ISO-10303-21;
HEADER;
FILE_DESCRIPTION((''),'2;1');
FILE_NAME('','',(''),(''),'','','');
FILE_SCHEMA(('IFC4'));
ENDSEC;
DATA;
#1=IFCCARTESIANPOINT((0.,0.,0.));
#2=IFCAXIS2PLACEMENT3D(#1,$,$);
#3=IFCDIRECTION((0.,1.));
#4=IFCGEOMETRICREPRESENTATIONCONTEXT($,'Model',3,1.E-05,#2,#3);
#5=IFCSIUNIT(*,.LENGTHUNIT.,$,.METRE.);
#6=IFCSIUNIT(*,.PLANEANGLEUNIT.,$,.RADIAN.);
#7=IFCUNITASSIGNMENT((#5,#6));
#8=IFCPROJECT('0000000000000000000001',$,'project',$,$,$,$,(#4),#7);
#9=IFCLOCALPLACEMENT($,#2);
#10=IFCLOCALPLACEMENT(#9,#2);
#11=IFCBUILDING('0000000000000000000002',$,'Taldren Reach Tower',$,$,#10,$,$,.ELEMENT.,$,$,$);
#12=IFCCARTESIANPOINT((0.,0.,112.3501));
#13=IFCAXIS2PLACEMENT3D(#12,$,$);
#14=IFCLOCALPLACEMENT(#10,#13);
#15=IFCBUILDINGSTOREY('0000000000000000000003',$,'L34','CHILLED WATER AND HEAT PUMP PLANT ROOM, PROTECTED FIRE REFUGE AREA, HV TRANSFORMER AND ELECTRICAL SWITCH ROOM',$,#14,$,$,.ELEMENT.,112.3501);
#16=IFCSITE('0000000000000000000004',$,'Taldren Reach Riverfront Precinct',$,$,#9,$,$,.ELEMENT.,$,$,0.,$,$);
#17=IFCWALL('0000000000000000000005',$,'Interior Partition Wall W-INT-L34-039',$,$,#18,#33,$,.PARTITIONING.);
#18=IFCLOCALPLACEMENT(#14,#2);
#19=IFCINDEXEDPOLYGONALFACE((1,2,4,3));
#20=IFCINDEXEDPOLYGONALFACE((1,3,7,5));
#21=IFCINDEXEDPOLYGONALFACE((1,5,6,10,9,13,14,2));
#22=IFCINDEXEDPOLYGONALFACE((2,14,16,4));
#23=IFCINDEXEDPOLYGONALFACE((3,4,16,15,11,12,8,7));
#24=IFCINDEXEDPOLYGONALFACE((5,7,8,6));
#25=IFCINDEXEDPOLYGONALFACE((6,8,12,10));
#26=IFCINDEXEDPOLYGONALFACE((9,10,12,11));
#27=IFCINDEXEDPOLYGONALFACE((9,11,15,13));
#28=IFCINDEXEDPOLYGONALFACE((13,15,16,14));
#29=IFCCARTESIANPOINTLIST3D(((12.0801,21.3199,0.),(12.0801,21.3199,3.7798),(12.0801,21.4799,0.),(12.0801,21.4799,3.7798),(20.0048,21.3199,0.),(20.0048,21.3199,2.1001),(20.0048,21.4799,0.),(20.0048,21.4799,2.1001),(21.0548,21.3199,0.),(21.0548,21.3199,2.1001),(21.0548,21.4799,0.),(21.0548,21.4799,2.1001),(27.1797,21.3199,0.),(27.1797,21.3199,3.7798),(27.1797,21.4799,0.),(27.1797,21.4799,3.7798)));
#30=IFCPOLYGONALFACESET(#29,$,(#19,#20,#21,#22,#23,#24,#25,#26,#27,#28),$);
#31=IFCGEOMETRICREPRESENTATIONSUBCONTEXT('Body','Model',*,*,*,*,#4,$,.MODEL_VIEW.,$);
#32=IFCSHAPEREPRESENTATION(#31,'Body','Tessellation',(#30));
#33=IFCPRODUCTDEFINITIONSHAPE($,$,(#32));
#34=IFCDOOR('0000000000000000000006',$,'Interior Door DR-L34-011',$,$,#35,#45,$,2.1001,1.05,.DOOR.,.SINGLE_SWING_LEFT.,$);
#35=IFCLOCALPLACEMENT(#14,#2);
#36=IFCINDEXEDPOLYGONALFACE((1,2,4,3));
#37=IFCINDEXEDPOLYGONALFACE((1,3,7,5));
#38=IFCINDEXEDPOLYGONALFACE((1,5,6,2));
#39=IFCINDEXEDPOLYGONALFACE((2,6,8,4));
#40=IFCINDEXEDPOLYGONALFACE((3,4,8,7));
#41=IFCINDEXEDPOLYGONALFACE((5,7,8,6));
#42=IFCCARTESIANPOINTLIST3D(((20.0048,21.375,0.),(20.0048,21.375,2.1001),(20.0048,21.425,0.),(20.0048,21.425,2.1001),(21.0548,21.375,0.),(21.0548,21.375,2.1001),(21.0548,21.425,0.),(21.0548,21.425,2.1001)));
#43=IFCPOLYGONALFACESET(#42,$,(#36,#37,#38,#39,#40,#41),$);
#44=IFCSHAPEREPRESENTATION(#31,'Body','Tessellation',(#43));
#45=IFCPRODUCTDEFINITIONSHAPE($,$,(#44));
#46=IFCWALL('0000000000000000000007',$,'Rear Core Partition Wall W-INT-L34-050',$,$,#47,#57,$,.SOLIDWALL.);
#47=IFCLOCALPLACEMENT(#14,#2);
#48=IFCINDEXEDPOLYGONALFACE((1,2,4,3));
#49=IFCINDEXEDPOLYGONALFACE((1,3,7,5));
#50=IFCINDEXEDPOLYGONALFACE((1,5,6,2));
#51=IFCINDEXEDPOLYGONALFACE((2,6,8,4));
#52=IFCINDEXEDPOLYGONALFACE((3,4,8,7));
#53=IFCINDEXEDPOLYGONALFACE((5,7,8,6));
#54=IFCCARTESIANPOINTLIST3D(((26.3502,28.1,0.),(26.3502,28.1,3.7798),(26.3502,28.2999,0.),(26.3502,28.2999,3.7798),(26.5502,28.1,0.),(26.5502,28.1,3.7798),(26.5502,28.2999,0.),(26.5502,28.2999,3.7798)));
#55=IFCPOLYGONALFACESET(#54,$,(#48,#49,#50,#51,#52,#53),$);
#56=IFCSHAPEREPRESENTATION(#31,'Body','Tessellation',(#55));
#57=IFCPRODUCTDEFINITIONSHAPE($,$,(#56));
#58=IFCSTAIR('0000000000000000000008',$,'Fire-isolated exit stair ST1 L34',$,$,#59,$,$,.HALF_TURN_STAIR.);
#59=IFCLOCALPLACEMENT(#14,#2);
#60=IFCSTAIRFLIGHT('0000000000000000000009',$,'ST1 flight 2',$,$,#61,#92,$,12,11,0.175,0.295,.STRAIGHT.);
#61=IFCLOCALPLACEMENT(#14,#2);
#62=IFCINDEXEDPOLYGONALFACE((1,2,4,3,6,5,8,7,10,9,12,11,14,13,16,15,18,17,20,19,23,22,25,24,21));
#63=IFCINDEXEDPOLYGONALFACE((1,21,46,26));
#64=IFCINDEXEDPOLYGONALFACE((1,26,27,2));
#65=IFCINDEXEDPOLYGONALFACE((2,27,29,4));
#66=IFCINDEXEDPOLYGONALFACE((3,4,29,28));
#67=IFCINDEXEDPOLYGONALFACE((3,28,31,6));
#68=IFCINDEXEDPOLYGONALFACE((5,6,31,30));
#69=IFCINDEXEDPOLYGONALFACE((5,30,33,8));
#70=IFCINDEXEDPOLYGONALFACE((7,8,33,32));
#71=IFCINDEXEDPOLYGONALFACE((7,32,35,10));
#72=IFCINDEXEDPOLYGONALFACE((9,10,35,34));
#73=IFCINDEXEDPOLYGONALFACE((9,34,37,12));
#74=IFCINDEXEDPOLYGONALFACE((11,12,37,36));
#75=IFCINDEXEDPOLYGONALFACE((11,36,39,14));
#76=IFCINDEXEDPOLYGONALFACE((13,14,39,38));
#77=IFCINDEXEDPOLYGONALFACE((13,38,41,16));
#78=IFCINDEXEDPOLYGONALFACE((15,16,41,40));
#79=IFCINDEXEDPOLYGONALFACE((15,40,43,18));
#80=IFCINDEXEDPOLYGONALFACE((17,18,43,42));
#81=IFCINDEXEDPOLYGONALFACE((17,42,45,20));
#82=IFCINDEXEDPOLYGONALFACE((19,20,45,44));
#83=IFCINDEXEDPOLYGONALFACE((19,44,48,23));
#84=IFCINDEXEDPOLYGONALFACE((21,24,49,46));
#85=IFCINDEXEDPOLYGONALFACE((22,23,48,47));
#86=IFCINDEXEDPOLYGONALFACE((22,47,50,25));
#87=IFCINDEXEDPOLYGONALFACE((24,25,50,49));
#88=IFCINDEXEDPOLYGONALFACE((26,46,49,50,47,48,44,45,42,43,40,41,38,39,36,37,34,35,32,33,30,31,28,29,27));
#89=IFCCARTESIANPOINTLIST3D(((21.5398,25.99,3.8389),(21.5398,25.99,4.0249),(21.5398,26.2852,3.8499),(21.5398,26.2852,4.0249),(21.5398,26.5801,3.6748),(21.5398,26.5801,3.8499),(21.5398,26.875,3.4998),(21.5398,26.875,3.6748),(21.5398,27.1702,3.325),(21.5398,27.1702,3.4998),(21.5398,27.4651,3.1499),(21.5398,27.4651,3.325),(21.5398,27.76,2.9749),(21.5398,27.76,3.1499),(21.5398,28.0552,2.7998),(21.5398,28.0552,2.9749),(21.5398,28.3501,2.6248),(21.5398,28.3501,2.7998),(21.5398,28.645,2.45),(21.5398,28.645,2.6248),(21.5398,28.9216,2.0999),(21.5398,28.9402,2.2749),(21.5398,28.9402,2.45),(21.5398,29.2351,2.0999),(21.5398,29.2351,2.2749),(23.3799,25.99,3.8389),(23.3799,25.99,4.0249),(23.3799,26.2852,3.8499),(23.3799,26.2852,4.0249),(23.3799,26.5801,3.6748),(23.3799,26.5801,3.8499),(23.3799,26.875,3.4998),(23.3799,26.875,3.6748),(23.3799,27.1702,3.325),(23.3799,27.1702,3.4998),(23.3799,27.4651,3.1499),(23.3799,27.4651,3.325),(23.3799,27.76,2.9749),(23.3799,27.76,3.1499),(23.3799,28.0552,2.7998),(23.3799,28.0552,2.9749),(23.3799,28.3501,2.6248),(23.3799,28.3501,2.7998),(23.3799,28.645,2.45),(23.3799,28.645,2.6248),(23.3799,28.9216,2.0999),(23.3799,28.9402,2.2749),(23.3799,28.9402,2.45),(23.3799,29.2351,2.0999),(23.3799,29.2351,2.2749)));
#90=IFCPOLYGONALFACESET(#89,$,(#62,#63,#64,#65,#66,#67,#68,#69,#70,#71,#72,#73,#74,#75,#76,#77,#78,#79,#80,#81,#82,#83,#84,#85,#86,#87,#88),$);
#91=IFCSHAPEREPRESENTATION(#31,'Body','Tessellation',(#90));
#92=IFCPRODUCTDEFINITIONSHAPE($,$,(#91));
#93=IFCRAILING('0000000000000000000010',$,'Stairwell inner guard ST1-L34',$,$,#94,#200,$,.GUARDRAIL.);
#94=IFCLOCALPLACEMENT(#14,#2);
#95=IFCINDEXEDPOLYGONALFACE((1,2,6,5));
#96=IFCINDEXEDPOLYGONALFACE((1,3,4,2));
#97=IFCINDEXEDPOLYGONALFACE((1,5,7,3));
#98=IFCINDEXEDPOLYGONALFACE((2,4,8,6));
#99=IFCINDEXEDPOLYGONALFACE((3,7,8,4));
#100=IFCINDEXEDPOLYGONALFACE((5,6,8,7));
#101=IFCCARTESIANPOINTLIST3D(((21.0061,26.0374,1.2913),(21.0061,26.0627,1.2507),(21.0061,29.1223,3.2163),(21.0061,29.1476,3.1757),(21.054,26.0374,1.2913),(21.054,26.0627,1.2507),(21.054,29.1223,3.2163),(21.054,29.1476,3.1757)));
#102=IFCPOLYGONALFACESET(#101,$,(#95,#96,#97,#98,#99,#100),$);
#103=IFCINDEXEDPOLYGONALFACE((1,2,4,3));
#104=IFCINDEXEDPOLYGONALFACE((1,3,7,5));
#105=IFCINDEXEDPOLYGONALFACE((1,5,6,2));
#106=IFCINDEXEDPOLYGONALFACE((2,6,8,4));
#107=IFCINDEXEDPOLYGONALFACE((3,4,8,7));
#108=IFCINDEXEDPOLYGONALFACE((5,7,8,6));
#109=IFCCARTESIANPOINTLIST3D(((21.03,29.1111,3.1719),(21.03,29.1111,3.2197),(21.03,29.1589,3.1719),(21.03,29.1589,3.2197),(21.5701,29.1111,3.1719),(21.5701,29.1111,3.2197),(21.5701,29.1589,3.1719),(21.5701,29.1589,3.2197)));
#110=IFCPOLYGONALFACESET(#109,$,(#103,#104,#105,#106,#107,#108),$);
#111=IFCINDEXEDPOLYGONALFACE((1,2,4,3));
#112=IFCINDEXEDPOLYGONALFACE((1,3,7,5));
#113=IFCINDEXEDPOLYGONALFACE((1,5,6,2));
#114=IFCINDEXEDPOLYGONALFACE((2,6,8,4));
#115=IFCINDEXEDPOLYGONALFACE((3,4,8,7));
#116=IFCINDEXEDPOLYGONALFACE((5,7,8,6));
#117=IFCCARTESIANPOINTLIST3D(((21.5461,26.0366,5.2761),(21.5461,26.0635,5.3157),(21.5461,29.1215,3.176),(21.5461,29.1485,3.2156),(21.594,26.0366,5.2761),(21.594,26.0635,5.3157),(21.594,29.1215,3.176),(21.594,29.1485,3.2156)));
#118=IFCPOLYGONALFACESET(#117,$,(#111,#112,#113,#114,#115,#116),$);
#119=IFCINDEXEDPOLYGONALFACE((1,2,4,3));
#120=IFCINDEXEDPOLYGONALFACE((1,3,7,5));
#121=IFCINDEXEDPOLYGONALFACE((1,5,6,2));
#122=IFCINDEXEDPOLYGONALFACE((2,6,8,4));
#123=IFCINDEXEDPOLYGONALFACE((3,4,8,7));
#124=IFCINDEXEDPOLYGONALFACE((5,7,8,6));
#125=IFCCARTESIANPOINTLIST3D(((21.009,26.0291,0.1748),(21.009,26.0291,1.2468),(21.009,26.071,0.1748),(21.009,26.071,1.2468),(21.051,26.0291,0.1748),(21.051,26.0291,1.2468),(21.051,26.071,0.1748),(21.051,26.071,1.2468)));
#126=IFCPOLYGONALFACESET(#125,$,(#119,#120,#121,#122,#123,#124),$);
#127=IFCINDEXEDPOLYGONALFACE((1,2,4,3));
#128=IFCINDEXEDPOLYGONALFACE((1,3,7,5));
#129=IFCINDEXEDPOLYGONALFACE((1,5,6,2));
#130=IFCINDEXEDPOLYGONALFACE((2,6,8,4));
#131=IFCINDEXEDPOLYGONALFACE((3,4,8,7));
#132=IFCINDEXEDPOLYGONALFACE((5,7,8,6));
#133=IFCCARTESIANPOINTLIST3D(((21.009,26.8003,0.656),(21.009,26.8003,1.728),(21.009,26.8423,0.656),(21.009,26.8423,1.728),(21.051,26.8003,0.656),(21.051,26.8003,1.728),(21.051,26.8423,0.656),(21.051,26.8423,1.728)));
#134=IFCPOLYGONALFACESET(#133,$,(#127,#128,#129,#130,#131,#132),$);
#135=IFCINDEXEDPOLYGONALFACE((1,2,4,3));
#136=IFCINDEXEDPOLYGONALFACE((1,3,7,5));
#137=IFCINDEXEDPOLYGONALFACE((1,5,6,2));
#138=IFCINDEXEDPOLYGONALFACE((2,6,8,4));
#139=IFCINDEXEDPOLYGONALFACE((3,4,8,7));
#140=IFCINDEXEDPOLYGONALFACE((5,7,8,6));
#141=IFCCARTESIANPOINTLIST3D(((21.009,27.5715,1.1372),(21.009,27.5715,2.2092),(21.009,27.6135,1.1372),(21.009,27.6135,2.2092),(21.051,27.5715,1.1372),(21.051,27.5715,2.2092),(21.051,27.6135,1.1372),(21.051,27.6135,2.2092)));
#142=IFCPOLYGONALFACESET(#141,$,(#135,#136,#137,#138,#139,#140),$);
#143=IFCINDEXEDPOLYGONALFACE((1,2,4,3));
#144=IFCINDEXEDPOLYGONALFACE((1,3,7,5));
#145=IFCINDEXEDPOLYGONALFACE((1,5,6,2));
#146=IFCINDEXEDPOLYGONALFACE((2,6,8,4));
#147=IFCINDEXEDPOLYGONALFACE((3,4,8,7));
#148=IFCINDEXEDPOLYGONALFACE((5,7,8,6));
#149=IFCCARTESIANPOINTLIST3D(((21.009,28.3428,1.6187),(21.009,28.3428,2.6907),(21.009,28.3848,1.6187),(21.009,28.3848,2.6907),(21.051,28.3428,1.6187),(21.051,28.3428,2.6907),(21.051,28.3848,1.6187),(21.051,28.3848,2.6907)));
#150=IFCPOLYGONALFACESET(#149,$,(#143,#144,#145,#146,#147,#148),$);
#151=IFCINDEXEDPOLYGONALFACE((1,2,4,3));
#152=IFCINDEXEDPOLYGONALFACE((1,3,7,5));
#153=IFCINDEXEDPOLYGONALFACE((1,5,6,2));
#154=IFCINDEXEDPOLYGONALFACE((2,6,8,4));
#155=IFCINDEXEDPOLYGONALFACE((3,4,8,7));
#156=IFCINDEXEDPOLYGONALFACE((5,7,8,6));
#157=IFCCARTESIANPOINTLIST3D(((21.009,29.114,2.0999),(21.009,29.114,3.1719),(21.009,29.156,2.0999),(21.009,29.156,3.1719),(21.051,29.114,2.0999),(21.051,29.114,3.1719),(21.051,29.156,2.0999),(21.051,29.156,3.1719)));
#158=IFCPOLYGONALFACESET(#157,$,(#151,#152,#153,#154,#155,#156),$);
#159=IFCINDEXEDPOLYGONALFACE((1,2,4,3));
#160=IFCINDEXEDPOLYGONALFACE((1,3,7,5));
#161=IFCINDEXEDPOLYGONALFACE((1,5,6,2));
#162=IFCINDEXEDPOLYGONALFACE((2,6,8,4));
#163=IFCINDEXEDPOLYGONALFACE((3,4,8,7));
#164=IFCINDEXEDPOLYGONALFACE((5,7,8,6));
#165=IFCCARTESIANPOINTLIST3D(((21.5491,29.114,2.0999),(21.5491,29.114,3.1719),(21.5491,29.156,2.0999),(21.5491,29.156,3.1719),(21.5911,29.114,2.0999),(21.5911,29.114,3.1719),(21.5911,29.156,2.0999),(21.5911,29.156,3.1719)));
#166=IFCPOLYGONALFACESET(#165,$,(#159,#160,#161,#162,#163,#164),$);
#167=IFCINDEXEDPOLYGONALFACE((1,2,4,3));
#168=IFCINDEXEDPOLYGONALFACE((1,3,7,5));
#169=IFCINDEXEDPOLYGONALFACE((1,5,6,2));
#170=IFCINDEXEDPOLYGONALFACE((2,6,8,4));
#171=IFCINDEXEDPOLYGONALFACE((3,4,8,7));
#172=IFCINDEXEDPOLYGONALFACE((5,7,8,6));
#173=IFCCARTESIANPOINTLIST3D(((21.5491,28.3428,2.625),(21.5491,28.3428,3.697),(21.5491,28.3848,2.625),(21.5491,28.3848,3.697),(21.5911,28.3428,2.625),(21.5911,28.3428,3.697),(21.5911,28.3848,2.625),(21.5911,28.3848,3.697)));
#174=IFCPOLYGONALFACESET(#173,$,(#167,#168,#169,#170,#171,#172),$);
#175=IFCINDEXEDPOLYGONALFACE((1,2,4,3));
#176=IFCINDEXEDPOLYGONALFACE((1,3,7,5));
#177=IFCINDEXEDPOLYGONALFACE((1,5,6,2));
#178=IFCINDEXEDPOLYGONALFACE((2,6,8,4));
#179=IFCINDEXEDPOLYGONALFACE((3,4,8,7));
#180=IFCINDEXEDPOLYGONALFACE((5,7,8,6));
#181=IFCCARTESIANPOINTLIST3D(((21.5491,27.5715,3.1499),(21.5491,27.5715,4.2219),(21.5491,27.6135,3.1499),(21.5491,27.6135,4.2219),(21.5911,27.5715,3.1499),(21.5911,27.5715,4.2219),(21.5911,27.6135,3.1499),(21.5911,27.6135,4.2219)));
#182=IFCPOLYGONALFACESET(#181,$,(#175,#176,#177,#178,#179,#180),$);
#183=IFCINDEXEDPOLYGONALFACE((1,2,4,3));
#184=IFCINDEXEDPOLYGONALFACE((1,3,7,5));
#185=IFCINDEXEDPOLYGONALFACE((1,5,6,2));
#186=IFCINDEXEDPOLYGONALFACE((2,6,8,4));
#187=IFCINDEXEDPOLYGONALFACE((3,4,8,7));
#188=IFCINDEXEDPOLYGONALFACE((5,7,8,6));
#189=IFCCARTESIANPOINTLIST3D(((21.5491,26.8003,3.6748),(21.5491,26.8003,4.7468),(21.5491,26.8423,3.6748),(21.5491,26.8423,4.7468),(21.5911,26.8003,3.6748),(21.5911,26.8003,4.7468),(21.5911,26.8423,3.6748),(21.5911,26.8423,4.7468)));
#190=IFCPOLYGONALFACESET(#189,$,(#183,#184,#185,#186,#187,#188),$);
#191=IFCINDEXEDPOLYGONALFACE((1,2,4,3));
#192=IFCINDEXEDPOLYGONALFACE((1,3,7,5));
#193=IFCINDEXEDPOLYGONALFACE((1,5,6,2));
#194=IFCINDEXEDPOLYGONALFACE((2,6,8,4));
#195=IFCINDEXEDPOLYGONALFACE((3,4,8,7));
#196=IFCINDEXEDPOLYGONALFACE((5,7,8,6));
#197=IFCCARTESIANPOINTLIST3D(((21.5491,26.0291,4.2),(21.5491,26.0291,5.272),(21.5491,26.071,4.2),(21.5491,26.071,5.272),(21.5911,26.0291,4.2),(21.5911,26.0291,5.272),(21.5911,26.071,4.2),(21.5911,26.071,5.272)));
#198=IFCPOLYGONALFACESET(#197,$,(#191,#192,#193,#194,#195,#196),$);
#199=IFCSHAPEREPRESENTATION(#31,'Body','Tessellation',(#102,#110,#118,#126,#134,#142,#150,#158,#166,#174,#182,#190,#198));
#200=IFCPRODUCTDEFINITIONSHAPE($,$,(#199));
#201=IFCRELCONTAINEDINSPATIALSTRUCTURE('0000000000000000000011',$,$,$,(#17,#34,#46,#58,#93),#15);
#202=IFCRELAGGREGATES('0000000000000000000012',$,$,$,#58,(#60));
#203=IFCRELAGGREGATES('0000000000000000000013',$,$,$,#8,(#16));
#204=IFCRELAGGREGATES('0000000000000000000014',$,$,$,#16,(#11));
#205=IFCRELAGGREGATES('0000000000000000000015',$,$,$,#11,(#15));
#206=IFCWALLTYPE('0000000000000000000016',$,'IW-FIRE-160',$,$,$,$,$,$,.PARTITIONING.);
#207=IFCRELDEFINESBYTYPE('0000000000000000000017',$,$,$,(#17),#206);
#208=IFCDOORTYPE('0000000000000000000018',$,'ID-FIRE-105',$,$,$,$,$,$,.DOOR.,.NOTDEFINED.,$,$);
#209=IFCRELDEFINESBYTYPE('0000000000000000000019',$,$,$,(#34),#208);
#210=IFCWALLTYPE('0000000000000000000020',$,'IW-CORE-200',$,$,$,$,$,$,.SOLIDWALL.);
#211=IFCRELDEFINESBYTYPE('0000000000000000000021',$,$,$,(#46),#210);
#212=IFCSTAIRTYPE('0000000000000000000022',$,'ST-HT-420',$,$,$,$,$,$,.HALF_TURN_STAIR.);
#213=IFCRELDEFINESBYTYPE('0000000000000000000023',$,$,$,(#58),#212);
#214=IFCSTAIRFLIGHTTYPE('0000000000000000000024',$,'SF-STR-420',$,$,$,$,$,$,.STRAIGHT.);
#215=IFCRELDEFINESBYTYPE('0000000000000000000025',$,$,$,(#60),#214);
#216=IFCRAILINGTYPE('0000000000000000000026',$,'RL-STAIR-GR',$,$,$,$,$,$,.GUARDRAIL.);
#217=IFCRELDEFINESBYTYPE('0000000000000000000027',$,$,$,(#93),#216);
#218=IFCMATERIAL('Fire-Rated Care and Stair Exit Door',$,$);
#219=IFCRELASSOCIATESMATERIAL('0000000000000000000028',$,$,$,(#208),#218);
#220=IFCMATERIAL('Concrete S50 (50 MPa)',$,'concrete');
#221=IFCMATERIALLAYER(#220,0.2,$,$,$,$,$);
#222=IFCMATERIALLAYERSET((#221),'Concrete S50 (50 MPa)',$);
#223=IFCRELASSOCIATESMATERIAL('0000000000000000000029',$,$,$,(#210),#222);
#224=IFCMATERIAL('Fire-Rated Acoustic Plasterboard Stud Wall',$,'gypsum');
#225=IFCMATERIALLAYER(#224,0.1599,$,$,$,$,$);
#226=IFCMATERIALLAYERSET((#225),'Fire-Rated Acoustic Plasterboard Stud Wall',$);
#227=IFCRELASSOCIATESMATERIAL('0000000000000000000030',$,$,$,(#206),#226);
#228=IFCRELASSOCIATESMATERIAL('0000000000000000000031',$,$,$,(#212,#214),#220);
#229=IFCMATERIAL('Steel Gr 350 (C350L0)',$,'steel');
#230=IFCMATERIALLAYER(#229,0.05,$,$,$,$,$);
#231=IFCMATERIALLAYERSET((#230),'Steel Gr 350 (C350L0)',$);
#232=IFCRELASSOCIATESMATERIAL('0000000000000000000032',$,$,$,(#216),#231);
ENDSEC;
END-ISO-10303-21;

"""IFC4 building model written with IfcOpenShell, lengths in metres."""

from ifc_helpers import new_model, si_unit, direction, frame, frame_2d, origin, origin_2d, place, context, subcontext, project, spatial, polyline, rectangle, outline, extrude, source, transform, mapped, material, layer, layer_set, type_object, element, fill, aggregate, save


model = new_model("IFC4")

# Units and contexts
model_context = context("Model", 3, precision=1e-05, world=origin(), true_north=direction((0.0, 1.0)))
body_context = subcontext(model_context, "Body", "Model", "MODEL_VIEW")
ifc_project = project(units=[si_unit("LENGTHUNIT", "METRE"), si_unit("PLANEANGLEUNIT", "RADIAN")], contexts=[model_context])

# Site, building, storey
site_placement = place(None, origin())
site = spatial("IfcSite", under=ifc_project, at=site_placement, Name="Taldren Reach Riverfront Precinct", CompositionType="ELEMENT", RefElevation=0.0)
building_placement = place(site_placement, origin())
building = spatial("IfcBuilding", under=site, at=building_placement, Name="Taldren Reach Tower", CompositionType="ELEMENT")
storey_placement = place(building_placement, frame((0.0, 0.0, 112.3501)))
storey = spatial("IfcBuildingStorey", under=building, at=storey_placement, Name="L34", Description="CHILLED WATER AND HEAT PUMP PLANT ROOM, PROTECTED FIRE REFUGE AREA, HV TRANSFORMER AND ELECTRICAL SWITCH ROOM", CompositionType="ELEMENT", Elevation=112.3501)

# Shared definitions
ifc_material_1 = material(Name="Fire-Rated Care and Stair Exit Door")
door_type_1 = type_object("IfcDoorType", Name="ID-FIRE-105", OperationType="NOTDEFINED", PredefinedType="DOOR", material=ifc_material_1)
shared_shape_1 = source(origin(), body_context, "Body", "SweptSolid", [
    extrude(rectangle(XDim=1.05, YDim=2.1001, at=frame_2d((0.5249, 1.05))), frame((0.0, 0.0249, 0.0), z_axis=(0.0, -1.0, 0.0), x_axis=(1.0, 0.0, 0.0)), (0.0, 0.0, 1.0), 0.05),
])

# Shared definitions
ifc_material_2 = material(Name="Concrete S50 (50 MPa)", Category="concrete")
ifc_layer_1 = layer(ifc_material_2, 0.2)
ifc_layer_set_1 = layer_set([ifc_layer_1], Name="Concrete S50 (50 MPa)")
wall_type_1 = type_object("IfcWallType", Name="IW-CORE-200", PredefinedType="SOLIDWALL", material=ifc_layer_set_1)

# Wall, opening, door
ifc_material_3 = material(Name="Fire-Rated Acoustic Plasterboard Stud Wall", Category="gypsum")
ifc_layer_2 = layer(ifc_material_3, 0.1599)
ifc_layer_set_2 = layer_set([ifc_layer_2], Name="Fire-Rated Acoustic Plasterboard Stud Wall")
wall_type_2 = type_object("IfcWallType", Name="IW-FIRE-160", PredefinedType="PARTITIONING", material=ifc_layer_set_2)
shared_shape_2 = source(origin(), body_context, "Body", "SweptSolid", [
    extrude(rectangle(XDim=15.0996, YDim=0.1599, at=frame_2d((7.5498, 0.0))), origin(), (0.0, 0.0, 1.0), 3.7798),
])
wall_1_placement = place(storey_placement, frame((27.1797, 21.3999, 0.0), z_axis=(0.0, 0.0, 1.0), x_axis=(-1.0, 0.0, 0.0)))
wall_1 = element("IfcWall", 1, at=wall_1_placement, inside=storey, type_object=wall_type_2, Name="Interior Partition Wall W-INT-L34-039", PredefinedType="PARTITIONING", context=body_context, shape_type="MappedRepresentation", body=[
    mapped(shared_shape_2, transform((0.0, 0.0, 0.0), scale=1.0)),
])
shared_shape_3 = source(origin(), body_context, "Body", "SweptSolid", [
    extrude(rectangle(XDim=1.05, YDim=2.1001, at=frame_2d((0.5249, 1.05))), frame((0.0, 0.0898, 0.0), z_axis=(0.0, -1.0, 0.0), x_axis=(1.0, 0.0, 0.0)), (0.0, 0.0, 1.0), 0.1799),
])
opening_1_placement = place(wall_1_placement, frame((6.125, 0.0, 0.0)))
opening_1 = element("IfcOpeningElement", 2, at=opening_1_placement, cuts=wall_1, PredefinedType="OPENING", context=body_context, shape_type="MappedRepresentation", body=[
    mapped(shared_shape_3, transform((0.0, 0.0, 0.0), scale=1.0)),
])
door_1_placement = place(opening_1_placement, origin())
door_1 = element("IfcDoor", 3, at=door_1_placement, inside=storey, type_object=door_type_1, Name="Interior Door DR-L34-011", OperationType="SINGLE_SWING_LEFT", OverallHeight=2.1001, OverallWidth=1.05, PredefinedType="DOOR", context=body_context, shape_type="MappedRepresentation", body=[
    mapped(shared_shape_1, transform((0.0, 0.0, 0.0), scale=1.0)),
])
fill(opening_1, door_1)

# Wall
shared_shape_4 = source(origin(), body_context, "Body", "SweptSolid", [
    extrude(rectangle(XDim=0.2, YDim=0.2, at=frame_2d((0.1001, 0.0))), origin(), (0.0, 0.0, 1.0), 3.7798),
])
wall_2_placement = place(storey_placement, frame((26.3501, 28.2, 0.0), z_axis=(0.0, 0.0, 1.0), x_axis=(1.0, 0.0, 0.0)))
element("IfcWall", 4, at=wall_2_placement, inside=storey, type_object=wall_type_1, Name="Rear Core Partition Wall W-INT-L34-050", PredefinedType="SOLIDWALL", context=body_context, shape_type="MappedRepresentation", body=[
    mapped(shared_shape_4, transform((0.0, 0.0, 0.0), scale=1.0)),
])

# Stair, stair flight
stair_type = type_object("IfcStairType", Name="ST-HT-420", PredefinedType="HALF_TURN_STAIR", material=ifc_material_2)
stair_placement = place(storey_placement, origin())
stair = element("IfcStair", 5, at=stair_placement, inside=storey, type_object=stair_type, Name="Fire-isolated exit stair ST1 L34", PredefinedType="HALF_TURN_STAIR")
stair_flight_type = type_object("IfcStairFlightType", Name="SF-STR-420", PredefinedType="STRAIGHT", material=ifc_material_2)
stair_flight_placement = place(storey_placement, frame((22.46, 29.2351, 2.0999), z_axis=(0.0, 0.0, 1.0), x_axis=(0.0, -1.0, 0.0)))
stair_flight = element("IfcStairFlight", 6, at=stair_flight_placement, type_object=stair_flight_type, Name="ST1 flight 2", NumberOfRisers=12, NumberOfTreads=11, PredefinedType="STRAIGHT", RiserHeight=0.175, TreadLength=0.295, context=body_context, shape_type="SweptSolid", body=[
    extrude(outline(polyline([(0.0, 0.0), (0.0, 0.175), (0.2949, 0.175), (0.2949, 0.3501), (0.5901, 0.3501), (0.5901, 0.5249), (0.885, 0.5249), (0.885, 0.7), (1.1799, 0.7), (1.1799, 0.875), (1.4751, 0.875), (1.4751, 1.05), (1.77, 1.05), (1.77, 1.2251), (2.0649, 1.2251), (2.0649, 1.3999), (2.3601, 1.3999), (2.3601, 1.575), (2.655, 1.575), (2.655, 1.75), (2.95, 1.75), (2.95, 1.925), (3.2451, 1.925), (3.2451, 2.1001), (3.2451, 1.739), (0.3135, 0.0), (0.0, 0.0)])), frame((0.0, 0.9199, 0.0), z_axis=(0.0, -1.0, 0.0), x_axis=(1.0, 0.0, 0.0)), (0.0, 0.0, 1.0), 1.8401),
])
aggregate(stair, [stair_flight])

# Railing
ifc_material_4 = material(Name="Steel Gr 350 (C350L0)", Category="steel")
ifc_layer_3 = layer(ifc_material_4, 0.05)
ifc_layer_set_3 = layer_set([ifc_layer_3], Name="Steel Gr 350 (C350L0)")
railing_type_1 = type_object("IfcRailingType", Name="RL-STAIR-GR", PredefinedType="GUARDRAIL", material=ifc_layer_set_3)
railing_1_placement = place(storey_placement, frame((21.03, 26.05, 0.1748)))
element("IfcRailing", 7, at=railing_1_placement, inside=storey, type_object=railing_type_1, Name="Stairwell inner guard ST1-L34", PredefinedType="GUARDRAIL", context=body_context, shape_type="SweptSolid", body=[
    extrude(rectangle(XDim=0.0479, YDim=0.0479, at=origin_2d()), frame((0.0, 0.0, 1.0962), z_axis=(0.0, 0.848375, 0.529395), x_axis=(-1.0, 0.0, 0.0)), (0.0, 0.0, 1.0), 3.6362),
    extrude(rectangle(XDim=0.0479, YDim=0.0479, at=origin_2d()), frame((0.0, 3.085, 3.021), z_axis=(1.0, 0.0, 0.0), x_axis=(0.0, 1.0, 0.0)), (0.0, 0.0, 1.0), 0.54),
    extrude(rectangle(XDim=0.0479, YDim=0.0479, at=origin_2d()), frame((0.54, 3.085, 3.021), z_axis=(0.0, -0.826637, 0.562736), x_axis=(1.0, 0.0, 0.0)), (0.0, 0.0, 1.0), 3.7319),
    extrude(rectangle(XDim=0.042, YDim=0.042, at=origin_2d()), origin(), (0.0, 0.0, 1.0), 1.072),
    extrude(rectangle(XDim=0.042, YDim=0.042, at=origin_2d()), frame((0.0, 0.7712, 0.4812)), (0.0, 0.0, 1.0), 1.072),
    extrude(rectangle(XDim=0.042, YDim=0.042, at=origin_2d()), frame((0.0, 1.5425, 0.9624)), (0.0, 0.0, 1.0), 1.072),
    extrude(rectangle(XDim=0.042, YDim=0.042, at=origin_2d()), frame((0.0, 2.3137, 1.4438)), (0.0, 0.0, 1.0), 1.072),
    extrude(rectangle(XDim=0.042, YDim=0.042, at=origin_2d()), frame((0.0, 3.085, 1.925)), (0.0, 0.0, 1.0), 1.072),
    extrude(rectangle(XDim=0.042, YDim=0.042, at=origin_2d()), frame((0.54, 3.085, 1.925)), (0.0, 0.0, 1.0), 1.072),
    extrude(rectangle(XDim=0.042, YDim=0.042, at=origin_2d()), frame((0.54, 2.3137, 2.4502)), (0.0, 0.0, 1.0), 1.072),
    extrude(rectangle(XDim=0.042, YDim=0.042, at=origin_2d()), frame((0.54, 1.5425, 2.9751)), (0.0, 0.0, 1.0), 1.072),
    extrude(rectangle(XDim=0.042, YDim=0.042, at=origin_2d()), frame((0.54, 0.7712, 3.5)), (0.0, 0.0, 1.0), 1.072),
    extrude(rectangle(XDim=0.042, YDim=0.042, at=origin_2d()), frame((0.54, 0.0, 4.0251)), (0.0, 0.0, 1.0), 1.072),
])

save(model, "model.ifc")
